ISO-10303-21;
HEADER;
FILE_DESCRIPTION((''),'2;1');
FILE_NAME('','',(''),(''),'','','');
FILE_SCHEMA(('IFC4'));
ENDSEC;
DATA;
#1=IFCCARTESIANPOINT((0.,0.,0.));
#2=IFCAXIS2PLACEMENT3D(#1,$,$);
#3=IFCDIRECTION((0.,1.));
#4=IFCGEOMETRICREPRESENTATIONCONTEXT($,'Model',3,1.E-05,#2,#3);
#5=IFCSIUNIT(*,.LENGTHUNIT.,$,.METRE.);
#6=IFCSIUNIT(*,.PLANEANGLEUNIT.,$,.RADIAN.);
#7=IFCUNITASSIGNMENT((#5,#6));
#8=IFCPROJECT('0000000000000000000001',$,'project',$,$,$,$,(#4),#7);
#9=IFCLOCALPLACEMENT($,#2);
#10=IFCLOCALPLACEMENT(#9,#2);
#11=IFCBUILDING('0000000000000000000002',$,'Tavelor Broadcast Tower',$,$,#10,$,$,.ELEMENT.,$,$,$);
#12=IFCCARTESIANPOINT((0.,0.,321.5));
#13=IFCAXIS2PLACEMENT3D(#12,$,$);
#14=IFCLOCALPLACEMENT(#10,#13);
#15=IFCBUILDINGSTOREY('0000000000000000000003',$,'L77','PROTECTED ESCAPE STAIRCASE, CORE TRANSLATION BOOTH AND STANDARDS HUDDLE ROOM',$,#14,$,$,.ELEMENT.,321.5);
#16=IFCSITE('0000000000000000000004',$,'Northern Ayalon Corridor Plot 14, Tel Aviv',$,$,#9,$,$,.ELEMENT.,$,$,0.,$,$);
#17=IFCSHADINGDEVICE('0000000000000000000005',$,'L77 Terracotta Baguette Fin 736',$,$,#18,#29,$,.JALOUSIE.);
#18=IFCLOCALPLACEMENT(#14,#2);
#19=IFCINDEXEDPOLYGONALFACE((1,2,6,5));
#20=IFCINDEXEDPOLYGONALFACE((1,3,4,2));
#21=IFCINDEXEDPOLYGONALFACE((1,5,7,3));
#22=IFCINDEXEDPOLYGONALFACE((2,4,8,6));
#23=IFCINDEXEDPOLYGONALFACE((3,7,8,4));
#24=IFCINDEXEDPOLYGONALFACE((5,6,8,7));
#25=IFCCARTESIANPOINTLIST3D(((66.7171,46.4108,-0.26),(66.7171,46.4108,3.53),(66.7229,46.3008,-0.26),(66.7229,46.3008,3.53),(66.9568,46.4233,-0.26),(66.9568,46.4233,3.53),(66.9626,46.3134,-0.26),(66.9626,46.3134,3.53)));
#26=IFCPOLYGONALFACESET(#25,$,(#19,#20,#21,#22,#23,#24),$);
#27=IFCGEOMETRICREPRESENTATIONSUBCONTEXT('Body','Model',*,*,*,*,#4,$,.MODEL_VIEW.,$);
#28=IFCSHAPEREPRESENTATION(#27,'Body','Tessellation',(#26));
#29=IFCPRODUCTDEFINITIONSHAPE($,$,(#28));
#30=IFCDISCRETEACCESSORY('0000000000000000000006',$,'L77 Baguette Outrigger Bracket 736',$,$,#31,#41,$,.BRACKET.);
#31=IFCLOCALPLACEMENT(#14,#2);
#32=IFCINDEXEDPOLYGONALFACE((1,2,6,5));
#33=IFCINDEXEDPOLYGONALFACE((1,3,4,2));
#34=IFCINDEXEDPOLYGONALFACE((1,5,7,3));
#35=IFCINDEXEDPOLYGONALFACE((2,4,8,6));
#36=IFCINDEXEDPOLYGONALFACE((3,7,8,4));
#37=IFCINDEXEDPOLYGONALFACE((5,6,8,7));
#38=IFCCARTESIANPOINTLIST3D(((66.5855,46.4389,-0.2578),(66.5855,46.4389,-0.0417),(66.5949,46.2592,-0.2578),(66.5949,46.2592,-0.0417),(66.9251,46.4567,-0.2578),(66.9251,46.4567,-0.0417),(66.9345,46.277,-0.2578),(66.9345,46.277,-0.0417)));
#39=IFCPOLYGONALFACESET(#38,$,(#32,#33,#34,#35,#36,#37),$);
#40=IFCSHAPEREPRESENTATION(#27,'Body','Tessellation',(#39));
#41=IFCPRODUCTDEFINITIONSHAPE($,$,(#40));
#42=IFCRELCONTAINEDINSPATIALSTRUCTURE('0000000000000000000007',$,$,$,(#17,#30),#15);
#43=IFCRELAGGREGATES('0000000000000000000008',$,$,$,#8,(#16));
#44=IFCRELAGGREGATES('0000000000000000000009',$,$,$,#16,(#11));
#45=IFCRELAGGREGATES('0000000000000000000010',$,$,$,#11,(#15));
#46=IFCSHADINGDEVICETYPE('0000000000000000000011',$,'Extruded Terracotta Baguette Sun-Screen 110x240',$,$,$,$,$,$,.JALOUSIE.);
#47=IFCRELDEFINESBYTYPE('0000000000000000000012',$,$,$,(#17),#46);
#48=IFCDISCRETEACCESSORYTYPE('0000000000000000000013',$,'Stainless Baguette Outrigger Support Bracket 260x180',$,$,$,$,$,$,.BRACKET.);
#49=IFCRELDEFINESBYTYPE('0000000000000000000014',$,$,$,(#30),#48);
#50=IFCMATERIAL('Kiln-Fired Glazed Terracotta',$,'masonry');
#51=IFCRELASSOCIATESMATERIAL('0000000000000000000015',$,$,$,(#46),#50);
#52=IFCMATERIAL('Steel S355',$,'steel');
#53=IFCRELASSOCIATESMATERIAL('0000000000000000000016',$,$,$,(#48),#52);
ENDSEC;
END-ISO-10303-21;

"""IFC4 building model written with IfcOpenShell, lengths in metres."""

from ifc_helpers import new_model, si_unit, direction, frame, origin, origin_2d, place, context, subcontext, project, spatial, rectangle, extrude, source, transform, mapped, material, type_object, type_shapes, element, save


model = new_model("IFC4")

# Units and contexts
model_context = context("Model", 3, precision=1e-05, world=origin(), true_north=direction((0.0, 1.0)))
body_context = subcontext(model_context, "Body", "Model", "MODEL_VIEW")
ifc_project = project(units=[si_unit("LENGTHUNIT", "METRE"), si_unit("PLANEANGLEUNIT", "RADIAN")], contexts=[model_context])

# Site, building, storey
site_placement = place(None, origin())
site = spatial("IfcSite", under=ifc_project, at=site_placement, Name="Northern Ayalon Corridor Plot 14, Tel Aviv", CompositionType="ELEMENT", RefElevation=0.0)
building_placement = place(site_placement, origin())
building = spatial("IfcBuilding", under=site, at=building_placement, Name="Tavelor Broadcast Tower", CompositionType="ELEMENT")
storey_placement = place(building_placement, frame((0.0, 0.0, 321.5)))
storey = spatial("IfcBuildingStorey", under=building, at=storey_placement, Name="L77", Description="PROTECTED ESCAPE STAIRCASE, CORE TRANSLATION BOOTH AND STANDARDS HUDDLE ROOM", CompositionType="ELEMENT", Elevation=321.5)

# Shared definitions
ifc_material_1 = material(Name="Steel S355", Category="steel")

# Shading device
ifc_material_2 = material(Name="Kiln-Fired Glazed Terracotta", Category="masonry")
shading_device_type = type_object("IfcShadingDeviceType", Name="Extruded Terracotta Baguette Sun-Screen 110x240", PredefinedType="JALOUSIE", material=ifc_material_2)
shared_shape_1 = source(origin(), body_context, "Body", "SweptSolid", [
    extrude(rectangle(XDim=0.1101, YDim=0.24, at=origin_2d()), origin(), (0.0, 0.0, 1.0), 3.79),
])
type_shapes(shading_device_type, [shared_shape_1])
shading_device_placement = place(storey_placement, frame((66.8398, 46.3621, -0.26), z_axis=(0.0, 0.0, 1.0), x_axis=(-0.052336, 0.99863, 0.0)))
element("IfcShadingDevice", 1, at=shading_device_placement, inside=storey, type_object=shading_device_type, Name="L77 Terracotta Baguette Fin 736", PredefinedType="JALOUSIE", context=body_context, shape_type="MappedRepresentation", body=[
    mapped(shared_shape_1, transform((0.0, 0.0, 0.0), scale=1.0)),
])

# Discrete accessory
discrete_accessory_type = type_object("IfcDiscreteAccessoryType", Name="Stainless Baguette Outrigger Support Bracket 260x180", PredefinedType="BRACKET", material=ifc_material_1)
shared_shape_2 = source(origin(), body_context, "Body", "SweptSolid", [
    extrude(rectangle(XDim=0.1799, YDim=0.3401, at=origin_2d()), origin(), (0.0, 0.0, 1.0), 0.2161),
])
type_shapes(discrete_accessory_type, [shared_shape_2])
discrete_accessory_placement = place(storey_placement, frame((66.76, 46.3579, -0.2578), z_axis=(0.0, 0.0, 1.0), x_axis=(-0.052336, 0.99863, 0.0)))
element("IfcDiscreteAccessory", 2, at=discrete_accessory_placement, inside=storey, type_object=discrete_accessory_type, Name="L77 Baguette Outrigger Bracket 736", PredefinedType="BRACKET", context=body_context, shape_type="MappedRepresentation", body=[
    mapped(shared_shape_2, transform((0.0, 0.0, 0.0), scale=1.0)),
])

save(model, "model.ifc")
